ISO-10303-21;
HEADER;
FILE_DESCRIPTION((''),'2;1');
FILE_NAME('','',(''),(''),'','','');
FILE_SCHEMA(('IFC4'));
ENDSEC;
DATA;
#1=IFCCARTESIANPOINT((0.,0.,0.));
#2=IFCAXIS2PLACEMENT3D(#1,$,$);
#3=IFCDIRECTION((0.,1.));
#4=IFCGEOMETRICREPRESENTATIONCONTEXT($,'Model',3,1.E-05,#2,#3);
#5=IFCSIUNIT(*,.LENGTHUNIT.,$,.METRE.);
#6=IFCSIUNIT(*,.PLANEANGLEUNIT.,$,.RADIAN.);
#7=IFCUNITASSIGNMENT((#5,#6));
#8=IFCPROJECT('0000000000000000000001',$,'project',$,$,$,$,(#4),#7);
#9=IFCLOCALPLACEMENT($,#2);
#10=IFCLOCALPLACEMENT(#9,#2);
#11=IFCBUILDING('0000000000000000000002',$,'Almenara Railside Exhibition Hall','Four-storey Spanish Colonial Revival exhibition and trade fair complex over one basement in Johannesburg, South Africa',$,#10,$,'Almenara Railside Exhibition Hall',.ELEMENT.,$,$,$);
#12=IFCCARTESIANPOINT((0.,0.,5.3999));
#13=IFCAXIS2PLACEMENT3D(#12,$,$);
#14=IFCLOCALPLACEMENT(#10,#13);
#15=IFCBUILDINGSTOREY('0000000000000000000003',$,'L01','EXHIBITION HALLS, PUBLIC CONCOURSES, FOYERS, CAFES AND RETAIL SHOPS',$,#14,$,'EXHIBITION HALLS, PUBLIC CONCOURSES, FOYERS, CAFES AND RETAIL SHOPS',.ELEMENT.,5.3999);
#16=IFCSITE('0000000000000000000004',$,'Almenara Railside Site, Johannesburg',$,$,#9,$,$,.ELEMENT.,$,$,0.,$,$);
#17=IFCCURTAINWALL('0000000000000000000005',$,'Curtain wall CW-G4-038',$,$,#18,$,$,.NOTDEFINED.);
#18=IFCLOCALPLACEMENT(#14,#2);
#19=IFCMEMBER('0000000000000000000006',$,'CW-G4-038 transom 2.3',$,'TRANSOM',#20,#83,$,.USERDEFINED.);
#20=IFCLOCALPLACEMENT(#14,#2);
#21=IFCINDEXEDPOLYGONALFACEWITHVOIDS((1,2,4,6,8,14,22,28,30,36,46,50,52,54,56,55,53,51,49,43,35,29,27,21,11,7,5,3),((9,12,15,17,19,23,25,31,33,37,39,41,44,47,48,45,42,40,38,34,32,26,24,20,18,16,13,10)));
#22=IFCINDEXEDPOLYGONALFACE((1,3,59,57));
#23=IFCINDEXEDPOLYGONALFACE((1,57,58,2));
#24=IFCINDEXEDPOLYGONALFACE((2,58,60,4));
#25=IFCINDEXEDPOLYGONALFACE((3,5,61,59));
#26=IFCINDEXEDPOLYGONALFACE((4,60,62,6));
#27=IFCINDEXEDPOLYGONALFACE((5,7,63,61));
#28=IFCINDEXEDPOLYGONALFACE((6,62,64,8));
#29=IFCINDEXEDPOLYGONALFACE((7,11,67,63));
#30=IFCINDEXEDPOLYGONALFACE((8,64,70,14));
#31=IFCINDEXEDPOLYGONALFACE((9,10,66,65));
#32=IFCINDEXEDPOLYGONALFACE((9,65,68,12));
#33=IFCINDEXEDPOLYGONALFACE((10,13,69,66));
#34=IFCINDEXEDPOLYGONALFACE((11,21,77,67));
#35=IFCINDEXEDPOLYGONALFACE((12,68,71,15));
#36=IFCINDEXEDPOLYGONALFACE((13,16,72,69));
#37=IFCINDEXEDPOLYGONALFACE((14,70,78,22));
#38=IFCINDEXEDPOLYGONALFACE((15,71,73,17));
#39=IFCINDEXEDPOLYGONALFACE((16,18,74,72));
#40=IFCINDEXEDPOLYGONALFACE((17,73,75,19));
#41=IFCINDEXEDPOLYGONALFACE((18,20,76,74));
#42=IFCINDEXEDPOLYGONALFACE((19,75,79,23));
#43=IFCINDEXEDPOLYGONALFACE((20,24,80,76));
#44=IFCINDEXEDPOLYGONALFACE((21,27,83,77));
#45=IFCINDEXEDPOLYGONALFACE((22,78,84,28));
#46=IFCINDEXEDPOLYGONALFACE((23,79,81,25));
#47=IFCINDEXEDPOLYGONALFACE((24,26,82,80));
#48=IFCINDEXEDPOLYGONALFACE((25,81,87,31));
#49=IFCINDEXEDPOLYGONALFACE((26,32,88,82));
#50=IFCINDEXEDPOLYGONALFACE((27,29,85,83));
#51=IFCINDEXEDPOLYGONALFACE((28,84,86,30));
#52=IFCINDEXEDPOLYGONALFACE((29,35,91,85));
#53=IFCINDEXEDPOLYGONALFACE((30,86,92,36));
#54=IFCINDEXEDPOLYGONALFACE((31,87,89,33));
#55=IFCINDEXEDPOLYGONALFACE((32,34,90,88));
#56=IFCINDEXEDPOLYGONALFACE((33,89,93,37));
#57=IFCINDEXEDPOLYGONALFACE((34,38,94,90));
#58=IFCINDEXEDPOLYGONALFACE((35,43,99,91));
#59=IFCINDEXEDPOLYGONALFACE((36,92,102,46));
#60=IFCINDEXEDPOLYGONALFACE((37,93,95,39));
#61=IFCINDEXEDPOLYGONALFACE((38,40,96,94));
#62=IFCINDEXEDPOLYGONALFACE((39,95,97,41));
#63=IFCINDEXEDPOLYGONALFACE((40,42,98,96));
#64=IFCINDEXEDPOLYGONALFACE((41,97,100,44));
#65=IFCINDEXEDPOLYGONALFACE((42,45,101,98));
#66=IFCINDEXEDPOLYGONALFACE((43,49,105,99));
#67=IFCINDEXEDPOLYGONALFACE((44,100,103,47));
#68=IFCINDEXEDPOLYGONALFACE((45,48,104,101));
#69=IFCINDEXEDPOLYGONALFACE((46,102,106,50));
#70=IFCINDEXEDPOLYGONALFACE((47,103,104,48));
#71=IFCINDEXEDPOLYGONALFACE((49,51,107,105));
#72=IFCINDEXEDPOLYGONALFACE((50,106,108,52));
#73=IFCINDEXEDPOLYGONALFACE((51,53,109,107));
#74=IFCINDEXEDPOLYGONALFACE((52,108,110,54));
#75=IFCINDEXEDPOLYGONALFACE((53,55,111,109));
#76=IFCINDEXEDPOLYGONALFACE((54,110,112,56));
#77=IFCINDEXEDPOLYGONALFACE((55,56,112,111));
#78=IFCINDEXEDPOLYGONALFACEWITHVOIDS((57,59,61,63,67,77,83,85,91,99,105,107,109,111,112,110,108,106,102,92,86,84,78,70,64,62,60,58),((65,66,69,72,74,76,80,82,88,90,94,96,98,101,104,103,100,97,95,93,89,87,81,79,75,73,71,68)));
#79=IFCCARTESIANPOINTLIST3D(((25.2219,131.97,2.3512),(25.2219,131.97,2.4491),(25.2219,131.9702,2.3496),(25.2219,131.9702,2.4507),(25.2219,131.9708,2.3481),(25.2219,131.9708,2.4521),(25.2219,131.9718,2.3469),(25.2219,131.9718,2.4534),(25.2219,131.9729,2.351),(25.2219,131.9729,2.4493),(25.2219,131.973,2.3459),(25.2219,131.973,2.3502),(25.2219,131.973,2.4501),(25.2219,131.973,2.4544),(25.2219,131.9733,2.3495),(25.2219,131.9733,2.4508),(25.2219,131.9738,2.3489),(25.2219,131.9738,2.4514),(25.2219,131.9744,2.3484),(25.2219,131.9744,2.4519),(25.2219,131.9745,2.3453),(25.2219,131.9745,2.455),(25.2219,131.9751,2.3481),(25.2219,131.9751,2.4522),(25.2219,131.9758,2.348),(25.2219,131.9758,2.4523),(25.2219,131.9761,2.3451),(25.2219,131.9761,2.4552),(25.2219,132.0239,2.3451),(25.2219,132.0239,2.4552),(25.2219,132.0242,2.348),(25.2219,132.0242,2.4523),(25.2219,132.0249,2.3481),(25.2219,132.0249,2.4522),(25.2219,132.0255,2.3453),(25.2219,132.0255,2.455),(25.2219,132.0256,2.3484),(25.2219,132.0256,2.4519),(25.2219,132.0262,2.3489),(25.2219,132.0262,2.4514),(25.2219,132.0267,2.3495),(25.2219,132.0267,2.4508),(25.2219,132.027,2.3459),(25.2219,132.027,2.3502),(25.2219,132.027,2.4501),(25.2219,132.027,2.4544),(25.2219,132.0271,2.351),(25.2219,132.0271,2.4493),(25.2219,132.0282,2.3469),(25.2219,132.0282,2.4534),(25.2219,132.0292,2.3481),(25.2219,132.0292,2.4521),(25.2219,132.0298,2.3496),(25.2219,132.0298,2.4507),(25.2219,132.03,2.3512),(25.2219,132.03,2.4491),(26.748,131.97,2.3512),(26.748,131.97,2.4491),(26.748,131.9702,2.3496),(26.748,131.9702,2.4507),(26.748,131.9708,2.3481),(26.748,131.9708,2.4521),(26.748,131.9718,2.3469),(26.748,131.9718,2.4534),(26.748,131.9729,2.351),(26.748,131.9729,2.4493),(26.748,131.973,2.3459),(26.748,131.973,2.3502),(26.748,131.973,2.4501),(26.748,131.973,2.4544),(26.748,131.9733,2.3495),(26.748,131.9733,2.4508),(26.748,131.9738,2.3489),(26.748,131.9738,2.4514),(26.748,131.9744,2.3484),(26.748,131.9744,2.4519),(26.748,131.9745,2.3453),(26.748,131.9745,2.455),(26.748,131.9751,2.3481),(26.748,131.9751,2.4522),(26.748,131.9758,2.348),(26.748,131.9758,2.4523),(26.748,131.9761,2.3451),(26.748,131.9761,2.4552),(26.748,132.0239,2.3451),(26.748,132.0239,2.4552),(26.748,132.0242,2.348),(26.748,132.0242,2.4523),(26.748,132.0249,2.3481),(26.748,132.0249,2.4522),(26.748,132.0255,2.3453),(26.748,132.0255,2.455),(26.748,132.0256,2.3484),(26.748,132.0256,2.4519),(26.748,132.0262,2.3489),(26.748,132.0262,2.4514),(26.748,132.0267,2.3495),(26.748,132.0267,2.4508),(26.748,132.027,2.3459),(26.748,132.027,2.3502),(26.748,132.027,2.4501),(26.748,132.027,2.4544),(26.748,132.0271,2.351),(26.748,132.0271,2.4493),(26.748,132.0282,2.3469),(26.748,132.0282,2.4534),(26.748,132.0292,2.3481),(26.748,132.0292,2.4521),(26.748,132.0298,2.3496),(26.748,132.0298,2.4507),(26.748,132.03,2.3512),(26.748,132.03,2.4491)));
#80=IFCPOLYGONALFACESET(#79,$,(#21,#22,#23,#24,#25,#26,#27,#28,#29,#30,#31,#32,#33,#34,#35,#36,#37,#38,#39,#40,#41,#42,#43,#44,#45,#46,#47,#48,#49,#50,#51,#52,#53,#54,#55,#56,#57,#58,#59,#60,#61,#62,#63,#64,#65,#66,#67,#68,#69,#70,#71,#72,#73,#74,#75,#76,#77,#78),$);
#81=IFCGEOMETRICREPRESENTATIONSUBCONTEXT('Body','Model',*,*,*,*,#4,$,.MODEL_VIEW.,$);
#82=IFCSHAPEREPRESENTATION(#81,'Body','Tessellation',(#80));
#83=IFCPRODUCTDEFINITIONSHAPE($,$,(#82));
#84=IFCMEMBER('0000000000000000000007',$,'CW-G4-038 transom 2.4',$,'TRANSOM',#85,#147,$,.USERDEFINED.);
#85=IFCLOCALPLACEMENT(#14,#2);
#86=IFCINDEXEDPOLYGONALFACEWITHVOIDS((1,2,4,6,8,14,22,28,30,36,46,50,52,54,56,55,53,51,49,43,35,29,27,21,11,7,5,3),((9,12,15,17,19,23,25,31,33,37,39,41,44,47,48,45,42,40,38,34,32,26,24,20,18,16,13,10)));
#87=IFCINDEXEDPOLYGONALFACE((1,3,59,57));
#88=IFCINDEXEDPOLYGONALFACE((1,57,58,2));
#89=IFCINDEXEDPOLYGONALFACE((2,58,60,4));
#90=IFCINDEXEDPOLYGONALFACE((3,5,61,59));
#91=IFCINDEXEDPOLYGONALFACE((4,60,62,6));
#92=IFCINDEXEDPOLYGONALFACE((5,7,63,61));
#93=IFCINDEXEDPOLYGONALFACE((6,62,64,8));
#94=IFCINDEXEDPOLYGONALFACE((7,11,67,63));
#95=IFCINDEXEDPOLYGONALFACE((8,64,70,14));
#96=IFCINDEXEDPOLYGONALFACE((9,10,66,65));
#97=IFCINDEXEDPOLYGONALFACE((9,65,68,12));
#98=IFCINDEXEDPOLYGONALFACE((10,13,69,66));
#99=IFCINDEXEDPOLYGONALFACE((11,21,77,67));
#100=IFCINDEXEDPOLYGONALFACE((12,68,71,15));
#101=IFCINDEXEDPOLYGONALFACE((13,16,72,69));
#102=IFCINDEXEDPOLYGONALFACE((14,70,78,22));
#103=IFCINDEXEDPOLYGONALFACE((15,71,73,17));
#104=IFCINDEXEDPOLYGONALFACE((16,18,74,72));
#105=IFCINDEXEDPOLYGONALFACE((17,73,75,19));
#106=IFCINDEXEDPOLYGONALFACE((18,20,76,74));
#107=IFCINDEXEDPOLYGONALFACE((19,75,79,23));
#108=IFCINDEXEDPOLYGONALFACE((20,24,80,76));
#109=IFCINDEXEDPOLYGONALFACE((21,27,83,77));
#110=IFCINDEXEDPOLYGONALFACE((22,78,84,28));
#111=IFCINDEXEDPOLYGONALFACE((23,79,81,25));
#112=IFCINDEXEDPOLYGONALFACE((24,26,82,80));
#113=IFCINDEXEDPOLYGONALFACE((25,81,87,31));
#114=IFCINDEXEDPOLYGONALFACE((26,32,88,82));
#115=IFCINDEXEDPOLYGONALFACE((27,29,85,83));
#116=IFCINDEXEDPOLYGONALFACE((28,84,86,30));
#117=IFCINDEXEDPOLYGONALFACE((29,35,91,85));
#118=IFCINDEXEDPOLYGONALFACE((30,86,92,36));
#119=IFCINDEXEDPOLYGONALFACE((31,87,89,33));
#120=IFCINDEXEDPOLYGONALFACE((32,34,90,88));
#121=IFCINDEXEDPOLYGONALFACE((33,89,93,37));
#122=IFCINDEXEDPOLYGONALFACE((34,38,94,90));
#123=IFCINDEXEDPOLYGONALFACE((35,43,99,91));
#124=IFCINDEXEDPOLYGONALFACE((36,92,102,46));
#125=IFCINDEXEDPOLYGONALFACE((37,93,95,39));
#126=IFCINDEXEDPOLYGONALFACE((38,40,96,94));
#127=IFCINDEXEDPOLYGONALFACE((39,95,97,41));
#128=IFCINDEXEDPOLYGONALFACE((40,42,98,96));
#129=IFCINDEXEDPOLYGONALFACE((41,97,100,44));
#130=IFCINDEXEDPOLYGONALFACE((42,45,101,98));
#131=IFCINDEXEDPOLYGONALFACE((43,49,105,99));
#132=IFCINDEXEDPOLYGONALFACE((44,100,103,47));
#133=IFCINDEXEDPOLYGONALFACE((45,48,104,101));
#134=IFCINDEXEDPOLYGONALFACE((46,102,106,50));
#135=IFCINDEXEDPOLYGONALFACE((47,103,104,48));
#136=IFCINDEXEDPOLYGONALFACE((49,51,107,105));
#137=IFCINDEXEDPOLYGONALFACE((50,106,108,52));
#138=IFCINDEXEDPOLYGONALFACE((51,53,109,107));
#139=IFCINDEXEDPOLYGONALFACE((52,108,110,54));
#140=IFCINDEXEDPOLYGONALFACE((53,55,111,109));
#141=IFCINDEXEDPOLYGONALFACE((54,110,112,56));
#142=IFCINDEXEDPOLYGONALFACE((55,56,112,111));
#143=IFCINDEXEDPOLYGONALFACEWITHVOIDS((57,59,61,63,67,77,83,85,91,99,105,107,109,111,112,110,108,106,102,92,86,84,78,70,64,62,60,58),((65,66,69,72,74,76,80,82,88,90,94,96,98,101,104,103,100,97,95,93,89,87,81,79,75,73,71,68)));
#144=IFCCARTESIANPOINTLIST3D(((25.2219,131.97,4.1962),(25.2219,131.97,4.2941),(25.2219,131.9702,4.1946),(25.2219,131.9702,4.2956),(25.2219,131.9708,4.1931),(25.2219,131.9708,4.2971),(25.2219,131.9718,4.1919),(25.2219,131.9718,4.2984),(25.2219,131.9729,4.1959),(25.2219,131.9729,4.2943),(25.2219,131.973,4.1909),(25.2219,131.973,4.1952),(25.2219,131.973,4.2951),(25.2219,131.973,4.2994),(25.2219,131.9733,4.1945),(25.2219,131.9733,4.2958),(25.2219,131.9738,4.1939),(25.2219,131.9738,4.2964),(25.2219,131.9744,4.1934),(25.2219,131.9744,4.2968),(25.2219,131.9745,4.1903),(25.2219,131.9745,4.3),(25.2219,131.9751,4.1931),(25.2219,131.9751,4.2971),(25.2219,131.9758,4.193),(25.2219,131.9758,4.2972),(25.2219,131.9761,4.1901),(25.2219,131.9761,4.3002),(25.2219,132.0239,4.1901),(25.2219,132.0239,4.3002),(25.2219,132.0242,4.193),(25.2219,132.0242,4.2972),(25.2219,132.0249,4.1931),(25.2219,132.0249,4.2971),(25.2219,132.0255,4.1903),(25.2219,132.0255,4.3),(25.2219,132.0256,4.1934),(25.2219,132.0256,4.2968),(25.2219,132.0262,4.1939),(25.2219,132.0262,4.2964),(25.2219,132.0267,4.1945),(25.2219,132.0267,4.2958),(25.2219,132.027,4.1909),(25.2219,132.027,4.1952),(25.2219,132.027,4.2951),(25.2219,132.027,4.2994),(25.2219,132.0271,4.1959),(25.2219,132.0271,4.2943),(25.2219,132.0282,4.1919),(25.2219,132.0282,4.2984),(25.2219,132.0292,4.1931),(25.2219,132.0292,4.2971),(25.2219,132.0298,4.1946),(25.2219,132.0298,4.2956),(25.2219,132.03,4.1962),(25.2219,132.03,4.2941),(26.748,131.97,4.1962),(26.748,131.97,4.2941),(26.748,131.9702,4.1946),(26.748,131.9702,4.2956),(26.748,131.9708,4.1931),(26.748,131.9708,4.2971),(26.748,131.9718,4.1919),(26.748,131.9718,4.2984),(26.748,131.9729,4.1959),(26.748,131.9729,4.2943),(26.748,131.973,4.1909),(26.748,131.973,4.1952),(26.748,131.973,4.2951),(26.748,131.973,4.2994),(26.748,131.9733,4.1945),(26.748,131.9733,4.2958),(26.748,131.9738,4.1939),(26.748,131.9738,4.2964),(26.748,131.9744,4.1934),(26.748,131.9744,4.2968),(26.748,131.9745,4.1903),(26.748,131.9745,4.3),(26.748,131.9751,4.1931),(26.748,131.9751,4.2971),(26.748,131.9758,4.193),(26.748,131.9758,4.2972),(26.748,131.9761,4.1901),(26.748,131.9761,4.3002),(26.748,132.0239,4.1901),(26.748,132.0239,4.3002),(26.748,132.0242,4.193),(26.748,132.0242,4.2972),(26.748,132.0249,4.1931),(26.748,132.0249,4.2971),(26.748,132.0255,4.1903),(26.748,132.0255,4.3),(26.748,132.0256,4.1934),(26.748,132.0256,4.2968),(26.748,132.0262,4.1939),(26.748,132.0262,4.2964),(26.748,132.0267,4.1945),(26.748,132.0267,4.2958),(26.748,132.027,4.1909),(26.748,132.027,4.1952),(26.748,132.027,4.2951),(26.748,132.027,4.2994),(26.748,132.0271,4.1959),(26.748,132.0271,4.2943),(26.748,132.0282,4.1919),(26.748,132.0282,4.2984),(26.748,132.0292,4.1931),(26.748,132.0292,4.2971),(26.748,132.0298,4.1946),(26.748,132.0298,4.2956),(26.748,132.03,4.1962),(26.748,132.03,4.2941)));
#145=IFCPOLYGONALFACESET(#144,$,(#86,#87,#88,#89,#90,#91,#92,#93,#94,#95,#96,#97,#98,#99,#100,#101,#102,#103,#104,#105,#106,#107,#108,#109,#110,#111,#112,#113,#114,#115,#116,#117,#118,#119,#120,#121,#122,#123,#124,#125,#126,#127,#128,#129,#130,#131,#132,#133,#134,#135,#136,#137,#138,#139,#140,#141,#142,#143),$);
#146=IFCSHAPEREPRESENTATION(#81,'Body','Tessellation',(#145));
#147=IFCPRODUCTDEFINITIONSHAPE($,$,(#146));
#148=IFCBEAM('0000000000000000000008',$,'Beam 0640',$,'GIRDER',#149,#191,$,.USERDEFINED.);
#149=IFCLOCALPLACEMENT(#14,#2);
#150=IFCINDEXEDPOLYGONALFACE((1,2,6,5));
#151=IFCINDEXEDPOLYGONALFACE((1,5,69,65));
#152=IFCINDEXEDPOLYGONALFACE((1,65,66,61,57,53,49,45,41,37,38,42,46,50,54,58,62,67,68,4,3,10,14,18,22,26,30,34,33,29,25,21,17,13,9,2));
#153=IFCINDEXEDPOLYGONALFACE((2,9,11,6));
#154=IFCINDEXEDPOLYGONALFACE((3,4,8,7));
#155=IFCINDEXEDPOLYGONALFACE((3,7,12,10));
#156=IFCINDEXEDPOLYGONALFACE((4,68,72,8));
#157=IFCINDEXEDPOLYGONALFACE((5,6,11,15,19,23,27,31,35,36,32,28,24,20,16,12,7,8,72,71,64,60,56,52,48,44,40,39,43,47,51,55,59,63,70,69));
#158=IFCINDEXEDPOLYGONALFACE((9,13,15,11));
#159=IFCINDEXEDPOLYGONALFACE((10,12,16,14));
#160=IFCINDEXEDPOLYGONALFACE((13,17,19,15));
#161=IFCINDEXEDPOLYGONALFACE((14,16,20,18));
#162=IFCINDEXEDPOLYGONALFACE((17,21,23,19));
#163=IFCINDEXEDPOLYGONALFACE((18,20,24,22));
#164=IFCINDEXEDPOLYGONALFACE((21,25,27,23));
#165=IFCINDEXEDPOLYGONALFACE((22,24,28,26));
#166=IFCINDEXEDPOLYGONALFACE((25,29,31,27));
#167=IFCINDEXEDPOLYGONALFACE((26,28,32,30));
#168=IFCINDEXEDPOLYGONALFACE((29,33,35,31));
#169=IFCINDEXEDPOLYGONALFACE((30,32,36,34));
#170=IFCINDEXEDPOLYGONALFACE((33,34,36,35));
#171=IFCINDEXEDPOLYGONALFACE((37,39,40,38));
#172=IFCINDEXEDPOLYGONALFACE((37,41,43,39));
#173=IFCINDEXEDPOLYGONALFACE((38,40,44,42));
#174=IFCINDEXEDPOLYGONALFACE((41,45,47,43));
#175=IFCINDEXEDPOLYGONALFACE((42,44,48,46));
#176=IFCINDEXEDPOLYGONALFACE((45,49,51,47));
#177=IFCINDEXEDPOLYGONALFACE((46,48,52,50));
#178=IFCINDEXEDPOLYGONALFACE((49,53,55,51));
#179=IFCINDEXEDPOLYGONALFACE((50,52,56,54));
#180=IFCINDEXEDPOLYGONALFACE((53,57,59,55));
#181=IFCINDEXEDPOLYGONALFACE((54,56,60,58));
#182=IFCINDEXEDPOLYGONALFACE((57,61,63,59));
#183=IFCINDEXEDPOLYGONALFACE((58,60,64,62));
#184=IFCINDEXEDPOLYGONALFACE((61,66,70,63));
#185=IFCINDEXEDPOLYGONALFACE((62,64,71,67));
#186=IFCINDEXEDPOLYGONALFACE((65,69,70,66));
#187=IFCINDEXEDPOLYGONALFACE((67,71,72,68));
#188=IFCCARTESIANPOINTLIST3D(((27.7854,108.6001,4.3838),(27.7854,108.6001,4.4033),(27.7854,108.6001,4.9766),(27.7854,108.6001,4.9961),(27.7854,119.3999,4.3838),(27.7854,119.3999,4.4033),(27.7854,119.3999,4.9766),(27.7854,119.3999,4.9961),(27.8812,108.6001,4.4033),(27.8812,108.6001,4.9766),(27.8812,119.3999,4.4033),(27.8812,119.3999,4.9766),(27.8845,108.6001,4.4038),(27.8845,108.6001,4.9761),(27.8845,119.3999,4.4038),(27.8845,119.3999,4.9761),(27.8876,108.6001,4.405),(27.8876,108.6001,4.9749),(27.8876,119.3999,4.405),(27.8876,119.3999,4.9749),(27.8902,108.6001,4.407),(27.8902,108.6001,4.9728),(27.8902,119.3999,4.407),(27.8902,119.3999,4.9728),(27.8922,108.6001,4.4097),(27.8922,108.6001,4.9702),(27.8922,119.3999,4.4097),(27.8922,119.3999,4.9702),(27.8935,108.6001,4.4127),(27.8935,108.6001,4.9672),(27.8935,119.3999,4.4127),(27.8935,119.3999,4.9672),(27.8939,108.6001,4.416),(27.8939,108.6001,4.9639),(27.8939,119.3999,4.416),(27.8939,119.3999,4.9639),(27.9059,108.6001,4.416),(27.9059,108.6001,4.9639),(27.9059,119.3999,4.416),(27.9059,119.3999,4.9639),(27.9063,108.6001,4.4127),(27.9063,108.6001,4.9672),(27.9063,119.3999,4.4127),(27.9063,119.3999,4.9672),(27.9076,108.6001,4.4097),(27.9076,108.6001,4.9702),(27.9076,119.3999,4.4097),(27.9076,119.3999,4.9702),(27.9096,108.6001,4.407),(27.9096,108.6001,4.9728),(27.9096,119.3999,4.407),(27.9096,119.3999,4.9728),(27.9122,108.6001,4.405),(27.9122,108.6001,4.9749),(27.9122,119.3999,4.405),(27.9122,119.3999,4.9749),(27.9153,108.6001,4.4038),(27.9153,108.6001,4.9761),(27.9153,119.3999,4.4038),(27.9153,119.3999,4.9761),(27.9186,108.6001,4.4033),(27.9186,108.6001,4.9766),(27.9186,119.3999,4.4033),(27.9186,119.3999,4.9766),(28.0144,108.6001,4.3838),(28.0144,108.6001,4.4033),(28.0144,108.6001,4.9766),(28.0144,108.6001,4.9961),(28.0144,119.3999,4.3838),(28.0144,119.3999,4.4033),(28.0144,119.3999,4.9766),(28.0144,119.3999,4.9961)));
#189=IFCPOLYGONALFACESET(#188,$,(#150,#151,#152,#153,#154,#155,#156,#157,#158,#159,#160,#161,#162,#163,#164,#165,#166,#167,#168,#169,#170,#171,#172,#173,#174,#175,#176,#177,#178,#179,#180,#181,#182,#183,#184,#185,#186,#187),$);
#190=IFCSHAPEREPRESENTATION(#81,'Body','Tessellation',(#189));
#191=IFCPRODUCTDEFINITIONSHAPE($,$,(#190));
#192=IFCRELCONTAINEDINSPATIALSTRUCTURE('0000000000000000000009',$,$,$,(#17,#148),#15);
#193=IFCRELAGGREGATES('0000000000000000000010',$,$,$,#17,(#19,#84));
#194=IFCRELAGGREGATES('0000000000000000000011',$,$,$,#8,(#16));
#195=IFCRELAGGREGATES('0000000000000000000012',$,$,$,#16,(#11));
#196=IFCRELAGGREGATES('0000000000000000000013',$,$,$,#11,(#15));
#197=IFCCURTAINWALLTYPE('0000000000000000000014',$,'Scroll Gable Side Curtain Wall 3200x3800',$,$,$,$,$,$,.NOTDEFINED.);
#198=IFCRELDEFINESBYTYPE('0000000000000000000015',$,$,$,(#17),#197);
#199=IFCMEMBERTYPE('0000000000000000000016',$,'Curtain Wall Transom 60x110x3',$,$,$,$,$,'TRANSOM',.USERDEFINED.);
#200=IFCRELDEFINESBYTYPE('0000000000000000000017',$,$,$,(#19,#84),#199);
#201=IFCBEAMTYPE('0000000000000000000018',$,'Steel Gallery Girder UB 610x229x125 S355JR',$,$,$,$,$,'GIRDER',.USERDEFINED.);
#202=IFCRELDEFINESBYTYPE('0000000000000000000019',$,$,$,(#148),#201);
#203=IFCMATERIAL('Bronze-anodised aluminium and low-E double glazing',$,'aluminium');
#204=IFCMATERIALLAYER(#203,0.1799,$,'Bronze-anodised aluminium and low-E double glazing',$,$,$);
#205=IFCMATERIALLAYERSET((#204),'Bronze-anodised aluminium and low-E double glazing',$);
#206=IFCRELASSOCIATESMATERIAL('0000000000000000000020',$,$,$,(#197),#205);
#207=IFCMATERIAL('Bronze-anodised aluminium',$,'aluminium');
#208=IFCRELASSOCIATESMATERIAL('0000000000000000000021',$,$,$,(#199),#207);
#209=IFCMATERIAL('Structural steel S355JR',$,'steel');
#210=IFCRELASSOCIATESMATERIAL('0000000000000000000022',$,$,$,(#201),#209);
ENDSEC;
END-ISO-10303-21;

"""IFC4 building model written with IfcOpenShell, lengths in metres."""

from ifc_helpers import new_model, si_unit, direction, frame, origin, origin_2d, place, context, subcontext, project, spatial, hollow_rectangle, i_section, extrude, material, layer, layer_set, material_profile, profile_set, type_object, element, aggregate, save


model = new_model("IFC4")

# Units and contexts
model_context = context("Model", 3, precision=1e-05, world=origin(), true_north=direction((0.0, 1.0)))
body_context = subcontext(model_context, "Body", "Model", "MODEL_VIEW")
ifc_project = project(units=[si_unit("LENGTHUNIT", "METRE"), si_unit("PLANEANGLEUNIT", "RADIAN")], contexts=[model_context])

# Site, building, storey
site_placement = place(None, origin())
site = spatial("IfcSite", under=ifc_project, at=site_placement, Name="Almenara Railside Site, Johannesburg", CompositionType="ELEMENT", RefElevation=0.0)
building_placement = place(site_placement, origin())
building = spatial("IfcBuilding", under=site, at=building_placement, Name="Almenara Railside Exhibition Hall", Description="Four-storey Spanish Colonial Revival exhibition and trade fair complex over one basement in Johannesburg, South Africa", LongName="Almenara Railside Exhibition Hall", CompositionType="ELEMENT")
storey_placement = place(building_placement, frame((0.0, 0.0, 5.3999)))
storey = spatial("IfcBuildingStorey", under=building, at=storey_placement, Name="L01", Description="EXHIBITION HALLS, PUBLIC CONCOURSES, FOYERS, CAFES AND RETAIL SHOPS", LongName="EXHIBITION HALLS, PUBLIC CONCOURSES, FOYERS, CAFES AND RETAIL SHOPS", CompositionType="ELEMENT", Elevation=5.3999)

# Shared definitions
ifc_material_1 = material(Name="Bronze-anodised aluminium and low-E double glazing", Category="aluminium")
ifc_material_2 = material(Name="Bronze-anodised aluminium", Category="aluminium")

# Curtain wall
ifc_layer_1 = layer(ifc_material_1, 0.1799, Name="Bronze-anodised aluminium and low-E double glazing")
ifc_layer_set_1 = layer_set([ifc_layer_1], Name="Bronze-anodised aluminium and low-E double glazing")
curtain_wall_type_1 = type_object("IfcCurtainWallType", Name="Scroll Gable Side Curtain Wall 3200x3800", PredefinedType="NOTDEFINED", material=ifc_layer_set_1)
curtain_wall_1_placement = place(storey_placement, origin())
curtain_wall_1 = element("IfcCurtainWall", 1, at=curtain_wall_1_placement, inside=storey, type_object=curtain_wall_type_1, Name="Curtain wall CW-G4-038", PredefinedType="NOTDEFINED")

# Members
ifc_material_profile_1 = material_profile(ifc_material_2, hollow_rectangle(XDim=0.0601, YDim=0.1101, WallThickness=0.0029, InnerFilletRadius=0.0029, OuterFilletRadius=0.0061, at=origin_2d()), Name="ALU-TRN 60x110x3")
ifc_profile_set_1 = profile_set([ifc_material_profile_1], Name="Bronze-anodised aluminium")
member_type_1 = type_object("IfcMemberType", Name="Curtain Wall Transom 60x110x3", ElementType="TRANSOM", PredefinedType="USERDEFINED", material=ifc_profile_set_1)
member_1_placement = place(storey_placement, frame((25.2219, 132.0, 2.4001), z_axis=(1.0, 0.0, 0.0), x_axis=(0.0, 1.0, 0.0)))
member_1 = element("IfcMember", 2, at=member_1_placement, type_object=member_type_1, Name="CW-G4-038 transom 2.3", ObjectType="TRANSOM", PredefinedType="USERDEFINED", context=body_context, shape_type="SweptSolid", body=[
    extrude(hollow_rectangle(XDim=0.0601, YDim=0.1101, WallThickness=0.0029, InnerFilletRadius=0.0029, OuterFilletRadius=0.0061, at=origin_2d()), origin(), (0.0, 0.0, 1.0), 1.5261),
])
member_2_placement = place(storey_placement, frame((25.2219, 132.0, 4.2451), z_axis=(1.0, 0.0, 0.0), x_axis=(0.0, 1.0, 0.0)))
member_2 = element("IfcMember", 3, at=member_2_placement, type_object=member_type_1, Name="CW-G4-038 transom 2.4", ObjectType="TRANSOM", PredefinedType="USERDEFINED", context=body_context, shape_type="SweptSolid", body=[
    extrude(hollow_rectangle(XDim=0.0601, YDim=0.1101, WallThickness=0.0029, InnerFilletRadius=0.0029, OuterFilletRadius=0.0061, at=origin_2d()), origin(), (0.0, 0.0, 1.0), 1.5261),
])

# Beam
ifc_material_3 = material(Name="Structural steel S355JR", Category="steel")
ifc_material_profile_2 = material_profile(ifc_material_3, i_section(OverallWidth=0.229, OverallDepth=0.6123, WebThickness=0.012, FlangeThickness=0.0195, FilletRadius=0.0127, at=origin_2d()), Name="UB 610x229x125")
ifc_profile_set_2 = profile_set([ifc_material_profile_2], Name="Structural steel S355JR")
beam_type_1 = type_object("IfcBeamType", Name="Steel Gallery Girder UB 610x229x125 S355JR", ElementType="GIRDER", PredefinedType="USERDEFINED", material=ifc_profile_set_2)
beam_1_placement = place(storey_placement, frame((27.8999, 108.6001, 4.6899), z_axis=(0.0, 1.0, 0.0), x_axis=(-1.0, 0.0, 0.0)))
element("IfcBeam", 4, at=beam_1_placement, inside=storey, type_object=beam_type_1, Name="Beam 0640", ObjectType="GIRDER", PredefinedType="USERDEFINED", context=body_context, shape_type="SweptSolid", body=[
    extrude(i_section(OverallWidth=0.229, OverallDepth=0.6123, WebThickness=0.012, FlangeThickness=0.0195, FilletRadius=0.0127, at=origin_2d()), origin(), (0.0, 0.0, 1.0), 10.7998),
])

aggregate(curtain_wall_1, [member_1, member_2])

save(model, "model.ifc")
